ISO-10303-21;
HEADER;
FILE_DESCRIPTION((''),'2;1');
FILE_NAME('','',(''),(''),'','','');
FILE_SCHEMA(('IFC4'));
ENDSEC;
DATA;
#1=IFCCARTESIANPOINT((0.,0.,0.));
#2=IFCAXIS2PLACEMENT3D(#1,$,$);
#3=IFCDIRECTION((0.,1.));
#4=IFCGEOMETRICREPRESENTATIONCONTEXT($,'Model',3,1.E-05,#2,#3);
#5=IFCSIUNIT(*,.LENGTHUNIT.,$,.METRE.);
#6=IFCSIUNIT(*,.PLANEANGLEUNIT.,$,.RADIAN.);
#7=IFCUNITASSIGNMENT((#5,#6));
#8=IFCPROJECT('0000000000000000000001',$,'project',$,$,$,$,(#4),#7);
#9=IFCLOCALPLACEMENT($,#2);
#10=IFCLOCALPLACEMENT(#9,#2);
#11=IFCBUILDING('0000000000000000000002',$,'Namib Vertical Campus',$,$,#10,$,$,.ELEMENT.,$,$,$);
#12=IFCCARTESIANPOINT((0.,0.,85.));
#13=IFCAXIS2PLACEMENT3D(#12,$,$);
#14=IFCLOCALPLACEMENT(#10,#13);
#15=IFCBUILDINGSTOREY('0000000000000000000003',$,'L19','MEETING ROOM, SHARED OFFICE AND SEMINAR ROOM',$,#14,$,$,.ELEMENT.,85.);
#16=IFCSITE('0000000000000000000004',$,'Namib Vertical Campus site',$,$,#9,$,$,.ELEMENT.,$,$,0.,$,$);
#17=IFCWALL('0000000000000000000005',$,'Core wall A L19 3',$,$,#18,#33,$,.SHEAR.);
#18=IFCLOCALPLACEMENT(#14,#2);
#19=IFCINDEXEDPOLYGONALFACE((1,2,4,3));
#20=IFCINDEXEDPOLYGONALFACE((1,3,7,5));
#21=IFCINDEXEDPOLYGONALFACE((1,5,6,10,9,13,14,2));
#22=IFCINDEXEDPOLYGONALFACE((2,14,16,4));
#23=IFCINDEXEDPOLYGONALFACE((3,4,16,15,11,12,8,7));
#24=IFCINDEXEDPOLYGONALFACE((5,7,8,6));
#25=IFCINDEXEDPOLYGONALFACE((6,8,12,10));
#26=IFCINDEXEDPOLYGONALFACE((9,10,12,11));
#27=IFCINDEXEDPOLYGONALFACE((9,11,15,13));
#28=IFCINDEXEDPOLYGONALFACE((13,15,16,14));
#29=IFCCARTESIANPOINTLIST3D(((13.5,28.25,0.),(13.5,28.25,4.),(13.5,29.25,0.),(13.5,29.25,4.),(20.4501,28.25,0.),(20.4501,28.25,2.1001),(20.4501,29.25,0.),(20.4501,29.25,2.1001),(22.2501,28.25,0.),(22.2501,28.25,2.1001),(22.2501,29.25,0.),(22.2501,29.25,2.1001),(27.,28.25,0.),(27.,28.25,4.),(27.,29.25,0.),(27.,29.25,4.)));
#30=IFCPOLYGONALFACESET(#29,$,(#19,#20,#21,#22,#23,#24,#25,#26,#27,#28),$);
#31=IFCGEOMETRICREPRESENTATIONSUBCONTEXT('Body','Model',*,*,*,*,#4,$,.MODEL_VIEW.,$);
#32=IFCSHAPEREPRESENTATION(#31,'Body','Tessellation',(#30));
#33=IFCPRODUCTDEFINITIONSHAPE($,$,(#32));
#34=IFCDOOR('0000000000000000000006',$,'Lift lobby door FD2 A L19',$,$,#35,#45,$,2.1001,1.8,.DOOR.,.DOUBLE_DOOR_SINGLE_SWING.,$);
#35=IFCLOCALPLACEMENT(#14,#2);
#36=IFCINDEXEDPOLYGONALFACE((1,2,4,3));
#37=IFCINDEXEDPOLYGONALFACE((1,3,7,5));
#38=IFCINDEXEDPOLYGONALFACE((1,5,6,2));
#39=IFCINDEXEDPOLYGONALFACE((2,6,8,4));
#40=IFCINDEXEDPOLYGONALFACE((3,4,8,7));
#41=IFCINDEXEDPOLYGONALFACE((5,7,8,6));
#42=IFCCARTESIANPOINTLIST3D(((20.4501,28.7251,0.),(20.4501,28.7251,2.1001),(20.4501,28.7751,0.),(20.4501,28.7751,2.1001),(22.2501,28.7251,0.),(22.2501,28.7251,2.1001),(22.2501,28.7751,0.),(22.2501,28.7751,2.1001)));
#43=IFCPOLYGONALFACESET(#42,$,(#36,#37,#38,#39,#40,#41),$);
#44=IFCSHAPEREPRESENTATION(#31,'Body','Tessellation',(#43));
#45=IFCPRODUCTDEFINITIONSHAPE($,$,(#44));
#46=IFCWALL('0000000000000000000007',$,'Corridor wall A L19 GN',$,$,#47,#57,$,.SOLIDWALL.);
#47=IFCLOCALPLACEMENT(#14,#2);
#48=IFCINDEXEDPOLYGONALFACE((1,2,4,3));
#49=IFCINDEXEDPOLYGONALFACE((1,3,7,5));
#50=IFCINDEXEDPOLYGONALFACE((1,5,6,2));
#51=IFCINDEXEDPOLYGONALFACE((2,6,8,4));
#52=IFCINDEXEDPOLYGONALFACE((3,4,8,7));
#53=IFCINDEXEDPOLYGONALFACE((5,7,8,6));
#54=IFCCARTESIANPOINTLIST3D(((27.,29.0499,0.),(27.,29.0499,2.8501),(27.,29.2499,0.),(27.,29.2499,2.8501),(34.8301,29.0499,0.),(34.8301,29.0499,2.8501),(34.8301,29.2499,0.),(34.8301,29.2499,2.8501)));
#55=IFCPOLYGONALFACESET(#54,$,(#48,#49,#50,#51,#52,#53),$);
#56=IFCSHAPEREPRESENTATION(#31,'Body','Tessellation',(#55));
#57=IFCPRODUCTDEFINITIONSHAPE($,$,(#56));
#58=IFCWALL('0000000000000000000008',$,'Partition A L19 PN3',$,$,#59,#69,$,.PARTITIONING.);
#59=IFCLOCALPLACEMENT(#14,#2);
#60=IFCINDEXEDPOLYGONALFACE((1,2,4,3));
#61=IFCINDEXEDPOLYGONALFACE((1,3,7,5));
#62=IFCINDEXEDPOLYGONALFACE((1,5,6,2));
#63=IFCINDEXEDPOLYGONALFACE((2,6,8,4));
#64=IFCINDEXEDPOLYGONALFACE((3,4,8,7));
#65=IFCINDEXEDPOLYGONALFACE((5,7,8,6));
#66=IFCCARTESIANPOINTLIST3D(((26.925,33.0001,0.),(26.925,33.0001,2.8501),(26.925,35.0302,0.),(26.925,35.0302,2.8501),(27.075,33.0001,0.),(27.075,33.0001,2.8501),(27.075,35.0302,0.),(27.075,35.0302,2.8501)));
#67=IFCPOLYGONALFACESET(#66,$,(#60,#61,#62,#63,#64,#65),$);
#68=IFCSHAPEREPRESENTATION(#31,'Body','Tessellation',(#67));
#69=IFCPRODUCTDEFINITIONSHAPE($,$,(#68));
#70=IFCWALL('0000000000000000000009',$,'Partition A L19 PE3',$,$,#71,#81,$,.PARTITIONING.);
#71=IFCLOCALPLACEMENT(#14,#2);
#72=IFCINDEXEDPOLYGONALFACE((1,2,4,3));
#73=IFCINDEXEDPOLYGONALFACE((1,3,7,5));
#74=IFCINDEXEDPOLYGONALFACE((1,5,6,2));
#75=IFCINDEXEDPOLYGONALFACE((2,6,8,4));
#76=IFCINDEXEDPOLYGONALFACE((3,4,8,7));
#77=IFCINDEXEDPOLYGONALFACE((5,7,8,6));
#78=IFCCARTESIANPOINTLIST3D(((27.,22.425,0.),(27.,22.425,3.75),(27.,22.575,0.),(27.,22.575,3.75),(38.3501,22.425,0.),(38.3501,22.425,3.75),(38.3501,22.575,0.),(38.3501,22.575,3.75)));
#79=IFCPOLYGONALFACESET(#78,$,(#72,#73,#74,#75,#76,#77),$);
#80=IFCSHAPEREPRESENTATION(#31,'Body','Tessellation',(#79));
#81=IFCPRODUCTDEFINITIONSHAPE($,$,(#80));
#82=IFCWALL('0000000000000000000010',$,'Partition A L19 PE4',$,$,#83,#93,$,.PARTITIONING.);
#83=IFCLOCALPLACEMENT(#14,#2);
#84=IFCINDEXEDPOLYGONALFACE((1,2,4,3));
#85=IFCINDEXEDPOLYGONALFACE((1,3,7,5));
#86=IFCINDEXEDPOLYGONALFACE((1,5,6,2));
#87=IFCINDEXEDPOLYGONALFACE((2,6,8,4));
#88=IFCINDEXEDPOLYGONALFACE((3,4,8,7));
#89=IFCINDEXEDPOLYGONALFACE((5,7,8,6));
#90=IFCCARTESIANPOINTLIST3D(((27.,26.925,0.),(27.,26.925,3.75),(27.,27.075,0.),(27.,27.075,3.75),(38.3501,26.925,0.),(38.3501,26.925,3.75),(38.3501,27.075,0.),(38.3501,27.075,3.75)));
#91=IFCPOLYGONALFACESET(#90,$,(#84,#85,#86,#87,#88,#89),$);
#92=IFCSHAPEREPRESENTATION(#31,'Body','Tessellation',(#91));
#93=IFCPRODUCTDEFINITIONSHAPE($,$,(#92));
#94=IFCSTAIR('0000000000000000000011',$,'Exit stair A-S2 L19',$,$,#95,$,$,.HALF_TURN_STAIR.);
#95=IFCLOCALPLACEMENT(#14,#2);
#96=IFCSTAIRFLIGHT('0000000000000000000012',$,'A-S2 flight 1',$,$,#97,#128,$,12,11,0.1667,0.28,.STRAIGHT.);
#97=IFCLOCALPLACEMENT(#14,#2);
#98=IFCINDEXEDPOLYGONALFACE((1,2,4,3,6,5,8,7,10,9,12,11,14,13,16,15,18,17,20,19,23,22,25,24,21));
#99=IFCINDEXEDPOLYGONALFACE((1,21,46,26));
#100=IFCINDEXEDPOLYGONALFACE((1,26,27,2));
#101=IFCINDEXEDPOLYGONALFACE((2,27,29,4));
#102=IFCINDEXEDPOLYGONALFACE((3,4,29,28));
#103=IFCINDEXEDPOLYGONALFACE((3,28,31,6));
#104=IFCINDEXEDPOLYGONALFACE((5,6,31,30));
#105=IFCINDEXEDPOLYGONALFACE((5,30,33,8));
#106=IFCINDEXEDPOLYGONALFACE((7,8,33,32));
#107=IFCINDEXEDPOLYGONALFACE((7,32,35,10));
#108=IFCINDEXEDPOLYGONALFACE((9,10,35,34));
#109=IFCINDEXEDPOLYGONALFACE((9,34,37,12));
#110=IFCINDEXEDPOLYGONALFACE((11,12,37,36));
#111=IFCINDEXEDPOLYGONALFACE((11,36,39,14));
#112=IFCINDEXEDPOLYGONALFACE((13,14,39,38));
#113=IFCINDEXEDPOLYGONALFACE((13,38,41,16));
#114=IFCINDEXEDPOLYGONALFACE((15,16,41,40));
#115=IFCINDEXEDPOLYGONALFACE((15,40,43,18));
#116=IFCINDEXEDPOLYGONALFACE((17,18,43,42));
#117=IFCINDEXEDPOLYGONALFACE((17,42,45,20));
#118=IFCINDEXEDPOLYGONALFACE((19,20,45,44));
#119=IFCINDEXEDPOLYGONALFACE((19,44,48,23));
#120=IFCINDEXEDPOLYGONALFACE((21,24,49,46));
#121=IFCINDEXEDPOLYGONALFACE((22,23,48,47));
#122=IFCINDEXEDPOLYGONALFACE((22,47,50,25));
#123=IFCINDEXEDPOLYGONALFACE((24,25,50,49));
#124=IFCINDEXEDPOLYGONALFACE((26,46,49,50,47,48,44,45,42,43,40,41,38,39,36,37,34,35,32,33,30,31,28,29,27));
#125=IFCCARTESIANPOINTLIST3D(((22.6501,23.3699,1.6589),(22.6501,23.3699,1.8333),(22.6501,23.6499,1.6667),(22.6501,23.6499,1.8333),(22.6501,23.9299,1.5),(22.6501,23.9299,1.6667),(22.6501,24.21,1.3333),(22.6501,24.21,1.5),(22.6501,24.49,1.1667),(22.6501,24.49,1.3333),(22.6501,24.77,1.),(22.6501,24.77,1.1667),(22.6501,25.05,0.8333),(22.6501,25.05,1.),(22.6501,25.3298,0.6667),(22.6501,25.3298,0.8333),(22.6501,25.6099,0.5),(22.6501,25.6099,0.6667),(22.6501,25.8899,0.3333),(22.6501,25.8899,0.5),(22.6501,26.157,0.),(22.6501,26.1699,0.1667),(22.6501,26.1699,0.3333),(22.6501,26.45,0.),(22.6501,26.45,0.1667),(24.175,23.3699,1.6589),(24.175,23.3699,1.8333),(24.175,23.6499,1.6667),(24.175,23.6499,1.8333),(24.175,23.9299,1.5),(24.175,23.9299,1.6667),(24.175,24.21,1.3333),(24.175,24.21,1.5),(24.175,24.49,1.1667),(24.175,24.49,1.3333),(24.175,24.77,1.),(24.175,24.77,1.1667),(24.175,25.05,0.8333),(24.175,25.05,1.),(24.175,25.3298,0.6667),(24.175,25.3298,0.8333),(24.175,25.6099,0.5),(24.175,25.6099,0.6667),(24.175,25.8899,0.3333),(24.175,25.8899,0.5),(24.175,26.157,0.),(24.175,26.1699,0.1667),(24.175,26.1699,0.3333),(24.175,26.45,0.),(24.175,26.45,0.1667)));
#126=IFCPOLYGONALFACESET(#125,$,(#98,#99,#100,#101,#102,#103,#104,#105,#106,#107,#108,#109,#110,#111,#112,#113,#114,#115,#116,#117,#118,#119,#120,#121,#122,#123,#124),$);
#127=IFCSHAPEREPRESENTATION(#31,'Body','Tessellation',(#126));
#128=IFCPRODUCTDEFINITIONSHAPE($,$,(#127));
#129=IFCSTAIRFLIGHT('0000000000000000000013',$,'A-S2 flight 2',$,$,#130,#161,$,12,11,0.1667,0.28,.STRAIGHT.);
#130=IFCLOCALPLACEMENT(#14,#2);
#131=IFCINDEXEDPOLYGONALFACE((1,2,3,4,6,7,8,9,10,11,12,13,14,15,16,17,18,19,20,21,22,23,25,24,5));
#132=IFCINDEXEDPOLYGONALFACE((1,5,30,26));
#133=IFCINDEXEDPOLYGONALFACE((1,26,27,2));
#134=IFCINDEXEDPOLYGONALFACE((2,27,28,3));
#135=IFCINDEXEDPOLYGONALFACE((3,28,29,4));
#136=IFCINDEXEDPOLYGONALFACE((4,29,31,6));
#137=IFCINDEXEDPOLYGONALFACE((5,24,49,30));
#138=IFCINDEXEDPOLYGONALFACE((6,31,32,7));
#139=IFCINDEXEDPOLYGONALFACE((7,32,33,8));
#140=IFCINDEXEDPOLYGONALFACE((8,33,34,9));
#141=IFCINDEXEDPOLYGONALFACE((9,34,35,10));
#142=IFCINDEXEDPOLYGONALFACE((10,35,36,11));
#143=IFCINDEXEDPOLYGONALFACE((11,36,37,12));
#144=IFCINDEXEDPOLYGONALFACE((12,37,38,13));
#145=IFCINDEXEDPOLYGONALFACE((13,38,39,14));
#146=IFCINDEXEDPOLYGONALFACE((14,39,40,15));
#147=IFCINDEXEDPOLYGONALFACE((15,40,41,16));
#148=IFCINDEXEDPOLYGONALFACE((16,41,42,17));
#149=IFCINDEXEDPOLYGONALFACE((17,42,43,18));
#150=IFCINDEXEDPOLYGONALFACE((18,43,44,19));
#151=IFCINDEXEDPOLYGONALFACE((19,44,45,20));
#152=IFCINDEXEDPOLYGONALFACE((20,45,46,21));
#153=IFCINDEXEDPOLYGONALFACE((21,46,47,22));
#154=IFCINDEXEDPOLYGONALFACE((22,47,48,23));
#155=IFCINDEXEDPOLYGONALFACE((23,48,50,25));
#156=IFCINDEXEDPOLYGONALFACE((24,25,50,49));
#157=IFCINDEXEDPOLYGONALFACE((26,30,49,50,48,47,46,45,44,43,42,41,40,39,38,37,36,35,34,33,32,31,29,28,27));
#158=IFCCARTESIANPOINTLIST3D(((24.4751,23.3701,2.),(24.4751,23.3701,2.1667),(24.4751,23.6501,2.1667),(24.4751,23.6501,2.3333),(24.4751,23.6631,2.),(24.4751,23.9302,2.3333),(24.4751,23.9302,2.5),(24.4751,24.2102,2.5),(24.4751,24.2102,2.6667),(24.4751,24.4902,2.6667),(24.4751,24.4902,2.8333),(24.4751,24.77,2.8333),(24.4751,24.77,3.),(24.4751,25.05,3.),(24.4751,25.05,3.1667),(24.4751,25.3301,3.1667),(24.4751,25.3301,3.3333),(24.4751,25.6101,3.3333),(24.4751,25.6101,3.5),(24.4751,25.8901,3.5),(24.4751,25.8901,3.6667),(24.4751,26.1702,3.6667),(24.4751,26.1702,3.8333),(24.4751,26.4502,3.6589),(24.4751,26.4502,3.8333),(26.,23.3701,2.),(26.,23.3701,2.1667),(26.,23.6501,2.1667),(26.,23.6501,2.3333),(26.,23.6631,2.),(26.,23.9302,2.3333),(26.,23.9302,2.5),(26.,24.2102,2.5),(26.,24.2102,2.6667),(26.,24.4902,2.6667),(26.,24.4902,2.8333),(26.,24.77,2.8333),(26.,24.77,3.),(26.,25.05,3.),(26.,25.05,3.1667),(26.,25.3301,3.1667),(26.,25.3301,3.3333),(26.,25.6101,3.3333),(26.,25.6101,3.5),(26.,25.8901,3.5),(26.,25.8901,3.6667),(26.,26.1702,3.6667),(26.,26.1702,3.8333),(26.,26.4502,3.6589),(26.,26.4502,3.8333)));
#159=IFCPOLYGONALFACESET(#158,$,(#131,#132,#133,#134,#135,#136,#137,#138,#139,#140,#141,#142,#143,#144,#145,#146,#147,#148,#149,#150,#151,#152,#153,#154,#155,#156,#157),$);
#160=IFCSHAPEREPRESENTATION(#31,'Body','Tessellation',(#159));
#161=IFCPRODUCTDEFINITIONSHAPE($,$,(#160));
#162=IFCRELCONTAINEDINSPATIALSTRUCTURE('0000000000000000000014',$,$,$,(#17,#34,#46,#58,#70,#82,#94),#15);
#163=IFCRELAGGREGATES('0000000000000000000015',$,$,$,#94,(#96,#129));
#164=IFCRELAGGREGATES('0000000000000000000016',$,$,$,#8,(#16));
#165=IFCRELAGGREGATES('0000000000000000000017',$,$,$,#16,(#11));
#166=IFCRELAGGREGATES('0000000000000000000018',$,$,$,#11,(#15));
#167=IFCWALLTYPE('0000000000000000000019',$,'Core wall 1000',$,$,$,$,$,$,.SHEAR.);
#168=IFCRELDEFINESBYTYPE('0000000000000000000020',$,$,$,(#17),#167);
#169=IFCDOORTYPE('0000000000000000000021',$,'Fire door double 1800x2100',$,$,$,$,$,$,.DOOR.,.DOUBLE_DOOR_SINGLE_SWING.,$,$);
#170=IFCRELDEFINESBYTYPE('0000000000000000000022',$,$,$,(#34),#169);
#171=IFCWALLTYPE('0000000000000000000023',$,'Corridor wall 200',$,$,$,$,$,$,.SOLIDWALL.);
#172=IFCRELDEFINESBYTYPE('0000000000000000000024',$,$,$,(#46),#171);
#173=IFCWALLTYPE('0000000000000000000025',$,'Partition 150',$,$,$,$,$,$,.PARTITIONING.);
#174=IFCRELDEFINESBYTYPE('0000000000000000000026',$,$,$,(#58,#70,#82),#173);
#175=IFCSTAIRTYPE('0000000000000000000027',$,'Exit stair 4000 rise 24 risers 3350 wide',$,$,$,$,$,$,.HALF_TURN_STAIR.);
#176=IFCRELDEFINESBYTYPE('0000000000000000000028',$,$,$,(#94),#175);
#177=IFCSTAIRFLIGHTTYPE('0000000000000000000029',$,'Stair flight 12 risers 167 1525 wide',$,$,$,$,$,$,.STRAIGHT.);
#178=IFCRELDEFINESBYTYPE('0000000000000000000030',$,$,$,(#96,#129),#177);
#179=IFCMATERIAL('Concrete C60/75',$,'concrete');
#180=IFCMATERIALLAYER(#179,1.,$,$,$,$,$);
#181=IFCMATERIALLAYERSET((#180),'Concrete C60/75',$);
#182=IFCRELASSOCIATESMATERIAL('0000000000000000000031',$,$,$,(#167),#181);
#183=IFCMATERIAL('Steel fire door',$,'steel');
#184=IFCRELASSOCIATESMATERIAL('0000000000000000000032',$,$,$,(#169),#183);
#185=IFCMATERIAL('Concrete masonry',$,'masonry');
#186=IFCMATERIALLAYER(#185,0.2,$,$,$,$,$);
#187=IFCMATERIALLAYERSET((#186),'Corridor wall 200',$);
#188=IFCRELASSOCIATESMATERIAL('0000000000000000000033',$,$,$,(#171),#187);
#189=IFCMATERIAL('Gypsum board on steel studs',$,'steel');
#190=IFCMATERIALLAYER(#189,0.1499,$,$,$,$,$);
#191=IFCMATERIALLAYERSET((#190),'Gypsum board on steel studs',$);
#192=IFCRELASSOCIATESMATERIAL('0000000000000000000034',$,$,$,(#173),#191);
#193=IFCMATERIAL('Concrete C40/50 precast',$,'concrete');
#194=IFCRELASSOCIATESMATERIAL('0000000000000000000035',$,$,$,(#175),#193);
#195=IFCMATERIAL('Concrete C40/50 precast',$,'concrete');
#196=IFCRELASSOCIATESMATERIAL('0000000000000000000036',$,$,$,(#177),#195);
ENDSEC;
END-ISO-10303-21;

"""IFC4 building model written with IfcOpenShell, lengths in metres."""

from ifc_helpers import new_model, si_unit, direction, frame, frame_2d, origin, place, context, subcontext, project, spatial, polyline, rectangle, outline, extrude, material, layer, layer_set, type_object, element, fill, aggregate, save


model = new_model("IFC4")

# Units and contexts
model_context = context("Model", 3, precision=1e-05, world=origin(), true_north=direction((0.0, 1.0)))
body_context = subcontext(model_context, "Body", "Model", "MODEL_VIEW")
ifc_project = project(units=[si_unit("LENGTHUNIT", "METRE"), si_unit("PLANEANGLEUNIT", "RADIAN")], contexts=[model_context])

# Site, building, storey
site_placement = place(None, origin())
site = spatial("IfcSite", under=ifc_project, at=site_placement, Name="Namib Vertical Campus site", CompositionType="ELEMENT", RefElevation=0.0)
building_placement = place(site_placement, origin())
building = spatial("IfcBuilding", under=site, at=building_placement, Name="Namib Vertical Campus", CompositionType="ELEMENT")
storey_placement = place(building_placement, frame((0.0, 0.0, 85.0)))
storey = spatial("IfcBuildingStorey", under=building, at=storey_placement, Name="L19", Description="MEETING ROOM, SHARED OFFICE AND SEMINAR ROOM", CompositionType="ELEMENT", Elevation=85.0)

# Wall, opening, door
ifc_material_1 = material(Name="Concrete C60/75", Category="concrete")
ifc_layer_1 = layer(ifc_material_1, 1.0)
ifc_layer_set_1 = layer_set([ifc_layer_1], Name="Concrete C60/75")
wall_type_1 = type_object("IfcWallType", Name="Core wall 1000", PredefinedType="SHEAR", material=ifc_layer_set_1)
wall_1_placement = place(storey_placement, frame((27.0, 28.75, 0.0), z_axis=(0.0, 0.0, 1.0), x_axis=(-1.0, 0.0, 0.0)))
wall_1 = element("IfcWall", 1, at=wall_1_placement, inside=storey, type_object=wall_type_1, Name="Core wall A L19 3", PredefinedType="SHEAR", context=body_context, shape_type="SweptSolid", body=[
    extrude(rectangle(XDim=13.5, YDim=1.0, at=frame_2d((6.75, 0.0))), origin(), (0.0, 0.0, 1.0), 4.0),
])
opening_placement = place(wall_1_placement, frame((4.75, 0.0, 0.0)))
opening = element("IfcOpeningElement", 2, at=opening_placement, cuts=wall_1, PredefinedType="OPENING", context=body_context, shape_type="SweptSolid", body=[
    extrude(rectangle(XDim=1.8, YDim=2.1001, at=frame_2d((0.8999, 1.05))), frame((0.0, 0.51, 0.0), z_axis=(0.0, -1.0, 0.0), x_axis=(1.0, 0.0, 0.0)), (0.0, 0.0, 1.0), 1.02),
])
ifc_material_2 = material(Name="Steel fire door", Category="steel")
door_type = type_object("IfcDoorType", Name="Fire door double 1800x2100", OperationType="DOUBLE_DOOR_SINGLE_SWING", PredefinedType="DOOR", material=ifc_material_2)
door_placement = place(opening_placement, origin())
door = element("IfcDoor", 3, at=door_placement, inside=storey, type_object=door_type, Name="Lift lobby door FD2 A L19", OperationType="DOUBLE_DOOR_SINGLE_SWING", OverallHeight=2.1001, OverallWidth=1.8, PredefinedType="DOOR", context=body_context, shape_type="SweptSolid", body=[
    extrude(rectangle(XDim=1.8, YDim=2.1001, at=frame_2d((0.8999, 1.05))), frame((0.0, 0.0249, 0.0), z_axis=(0.0, -1.0, 0.0), x_axis=(1.0, 0.0, 0.0)), (0.0, 0.0, 1.0), 0.05),
])
fill(opening, door)

# Walls
ifc_material_3 = material(Name="Concrete masonry", Category="masonry")
ifc_layer_2 = layer(ifc_material_3, 0.2)
ifc_layer_set_2 = layer_set([ifc_layer_2], Name="Corridor wall 200")
wall_type_2 = type_object("IfcWallType", Name="Corridor wall 200", PredefinedType="SOLIDWALL", material=ifc_layer_set_2)
wall_2_placement = place(storey_placement, frame((27.0, 29.1499, 0.0), z_axis=(0.0, 0.0, 1.0), x_axis=(1.0, 0.0, 0.0)))
element("IfcWall", 4, at=wall_2_placement, inside=storey, type_object=wall_type_2, Name="Corridor wall A L19 GN", PredefinedType="SOLIDWALL", context=body_context, shape_type="SweptSolid", body=[
    extrude(rectangle(XDim=7.8301, YDim=0.2, at=frame_2d((3.915, 0.0))), origin(), (0.0, 0.0, 1.0), 2.8501),
])
ifc_material_4 = material(Name="Gypsum board on steel studs", Category="steel")
ifc_layer_3 = layer(ifc_material_4, 0.1499)
ifc_layer_set_3 = layer_set([ifc_layer_3], Name="Gypsum board on steel studs")
wall_type_3 = type_object("IfcWallType", Name="Partition 150", PredefinedType="PARTITIONING", material=ifc_layer_set_3)
wall_3_placement = place(storey_placement, frame((27.0, 33.0, 0.0), z_axis=(0.0, 0.0, 1.0), x_axis=(0.0, 1.0, 0.0)))
element("IfcWall", 5, at=wall_3_placement, inside=storey, type_object=wall_type_3, Name="Partition A L19 PN3", PredefinedType="PARTITIONING", context=body_context, shape_type="SweptSolid", body=[
    extrude(rectangle(XDim=2.03, YDim=0.1499, at=frame_2d((1.0151, 0.0))), origin(), (0.0, 0.0, 1.0), 2.8501),
])
for number, where, z_axis, x_axis, name in (
    (6, (27.0, 22.5, 0.0), (0.0, 0.0, 1.0), (1.0, 0.0, 0.0), "Partition A L19 PE3"),
    (7, (27.0, 27.0, 0.0), (0.0, 0.0, 1.0), (1.0, 0.0, 0.0), "Partition A L19 PE4"),
):
    element("IfcWall", number, at=place(storey_placement, frame(where, z_axis=z_axis, x_axis=x_axis)), inside=storey, type_object=wall_type_3, Name=name, PredefinedType="PARTITIONING", context=body_context, shape_type="SweptSolid", body=[
        extrude(rectangle(XDim=11.3501, YDim=0.1499, at=frame_2d((5.675, 0.0))), origin(), (0.0, 0.0, 1.0), 3.75),
    ])

# Stair, stair flights
ifc_material_5 = material(Name="Concrete C40/50 precast", Category="concrete")
stair_type = type_object("IfcStairType", Name="Exit stair 4000 rise 24 risers 3350 wide", PredefinedType="HALF_TURN_STAIR", material=ifc_material_5)
stair_placement = place(storey_placement, origin())
stair = element("IfcStair", 8, at=stair_placement, inside=storey, type_object=stair_type, Name="Exit stair A-S2 L19", PredefinedType="HALF_TURN_STAIR")
ifc_material_6 = material(Name="Concrete C40/50 precast", Category="concrete")
stair_flight_type = type_object("IfcStairFlightType", Name="Stair flight 12 risers 167 1525 wide", PredefinedType="STRAIGHT", material=ifc_material_6)
stair_flight_1_placement = place(storey_placement, frame((23.4126, 26.45, 0.0), z_axis=(0.0, 0.0, 1.0), x_axis=(0.0, -1.0, 0.0)))
stair_flight_1 = element("IfcStairFlight", 9, at=stair_flight_1_placement, type_object=stair_flight_type, Name="A-S2 flight 1", NumberOfRisers=12, NumberOfTreads=11, PredefinedType="STRAIGHT", RiserHeight=0.1667, TreadLength=0.28, context=body_context, shape_type="SweptSolid", body=[
    extrude(outline(polyline([(0.0, 0.0), (0.0, 0.1667), (0.28, 0.1667), (0.28, 0.3333), (0.5601, 0.3333), (0.5601, 0.5), (0.8401, 0.5), (0.8401, 0.6667), (1.1201, 0.6667), (1.1201, 0.8333), (1.3999, 0.8333), (1.3999, 1.0), (1.6799, 1.0), (1.6799, 1.1667), (1.96, 1.1667), (1.96, 1.3333), (2.24, 1.3333), (2.24, 1.5), (2.52, 1.5), (2.52, 1.6667), (2.8, 1.6667), (2.8, 1.8333), (3.0801, 1.8333), (3.0801, 2.0), (3.0801, 1.6589), (0.293, 0.0), (0.0, 0.0)])), frame((0.0, 0.7625, 0.0), z_axis=(0.0, -1.0, 0.0), x_axis=(1.0, 0.0, 0.0)), (0.0, 0.0, 1.0), 1.5249),
])
stair_flight_2_placement = place(storey_placement, frame((25.2375, 23.3701, 2.0), z_axis=(0.0, 0.0, 1.0), x_axis=(0.0, 1.0, 0.0)))
stair_flight_2 = element("IfcStairFlight", 10, at=stair_flight_2_placement, type_object=stair_flight_type, Name="A-S2 flight 2", NumberOfRisers=12, NumberOfTreads=11, PredefinedType="STRAIGHT", RiserHeight=0.1667, TreadLength=0.28, context=body_context, shape_type="SweptSolid", body=[
    extrude(outline(polyline([(0.0, 0.0), (0.0, 0.1667), (0.28, 0.1667), (0.28, 0.3333), (0.5601, 0.3333), (0.5601, 0.5), (0.8401, 0.5), (0.8401, 0.6667), (1.1201, 0.6667), (1.1201, 0.8333), (1.3999, 0.8333), (1.3999, 1.0), (1.6799, 1.0), (1.6799, 1.1667), (1.96, 1.1667), (1.96, 1.3333), (2.24, 1.3333), (2.24, 1.5), (2.52, 1.5), (2.52, 1.6667), (2.8, 1.6667), (2.8, 1.8333), (3.0801, 1.8333), (3.0801, 2.0), (3.0801, 1.6589), (0.293, 0.0), (0.0, 0.0)])), frame((0.0, 0.7625, 0.0), z_axis=(0.0, -1.0, 0.0), x_axis=(1.0, 0.0, 0.0)), (0.0, 0.0, 1.0), 1.5249),
])
aggregate(stair, [stair_flight_1, stair_flight_2])

save(model, "model.ifc")
